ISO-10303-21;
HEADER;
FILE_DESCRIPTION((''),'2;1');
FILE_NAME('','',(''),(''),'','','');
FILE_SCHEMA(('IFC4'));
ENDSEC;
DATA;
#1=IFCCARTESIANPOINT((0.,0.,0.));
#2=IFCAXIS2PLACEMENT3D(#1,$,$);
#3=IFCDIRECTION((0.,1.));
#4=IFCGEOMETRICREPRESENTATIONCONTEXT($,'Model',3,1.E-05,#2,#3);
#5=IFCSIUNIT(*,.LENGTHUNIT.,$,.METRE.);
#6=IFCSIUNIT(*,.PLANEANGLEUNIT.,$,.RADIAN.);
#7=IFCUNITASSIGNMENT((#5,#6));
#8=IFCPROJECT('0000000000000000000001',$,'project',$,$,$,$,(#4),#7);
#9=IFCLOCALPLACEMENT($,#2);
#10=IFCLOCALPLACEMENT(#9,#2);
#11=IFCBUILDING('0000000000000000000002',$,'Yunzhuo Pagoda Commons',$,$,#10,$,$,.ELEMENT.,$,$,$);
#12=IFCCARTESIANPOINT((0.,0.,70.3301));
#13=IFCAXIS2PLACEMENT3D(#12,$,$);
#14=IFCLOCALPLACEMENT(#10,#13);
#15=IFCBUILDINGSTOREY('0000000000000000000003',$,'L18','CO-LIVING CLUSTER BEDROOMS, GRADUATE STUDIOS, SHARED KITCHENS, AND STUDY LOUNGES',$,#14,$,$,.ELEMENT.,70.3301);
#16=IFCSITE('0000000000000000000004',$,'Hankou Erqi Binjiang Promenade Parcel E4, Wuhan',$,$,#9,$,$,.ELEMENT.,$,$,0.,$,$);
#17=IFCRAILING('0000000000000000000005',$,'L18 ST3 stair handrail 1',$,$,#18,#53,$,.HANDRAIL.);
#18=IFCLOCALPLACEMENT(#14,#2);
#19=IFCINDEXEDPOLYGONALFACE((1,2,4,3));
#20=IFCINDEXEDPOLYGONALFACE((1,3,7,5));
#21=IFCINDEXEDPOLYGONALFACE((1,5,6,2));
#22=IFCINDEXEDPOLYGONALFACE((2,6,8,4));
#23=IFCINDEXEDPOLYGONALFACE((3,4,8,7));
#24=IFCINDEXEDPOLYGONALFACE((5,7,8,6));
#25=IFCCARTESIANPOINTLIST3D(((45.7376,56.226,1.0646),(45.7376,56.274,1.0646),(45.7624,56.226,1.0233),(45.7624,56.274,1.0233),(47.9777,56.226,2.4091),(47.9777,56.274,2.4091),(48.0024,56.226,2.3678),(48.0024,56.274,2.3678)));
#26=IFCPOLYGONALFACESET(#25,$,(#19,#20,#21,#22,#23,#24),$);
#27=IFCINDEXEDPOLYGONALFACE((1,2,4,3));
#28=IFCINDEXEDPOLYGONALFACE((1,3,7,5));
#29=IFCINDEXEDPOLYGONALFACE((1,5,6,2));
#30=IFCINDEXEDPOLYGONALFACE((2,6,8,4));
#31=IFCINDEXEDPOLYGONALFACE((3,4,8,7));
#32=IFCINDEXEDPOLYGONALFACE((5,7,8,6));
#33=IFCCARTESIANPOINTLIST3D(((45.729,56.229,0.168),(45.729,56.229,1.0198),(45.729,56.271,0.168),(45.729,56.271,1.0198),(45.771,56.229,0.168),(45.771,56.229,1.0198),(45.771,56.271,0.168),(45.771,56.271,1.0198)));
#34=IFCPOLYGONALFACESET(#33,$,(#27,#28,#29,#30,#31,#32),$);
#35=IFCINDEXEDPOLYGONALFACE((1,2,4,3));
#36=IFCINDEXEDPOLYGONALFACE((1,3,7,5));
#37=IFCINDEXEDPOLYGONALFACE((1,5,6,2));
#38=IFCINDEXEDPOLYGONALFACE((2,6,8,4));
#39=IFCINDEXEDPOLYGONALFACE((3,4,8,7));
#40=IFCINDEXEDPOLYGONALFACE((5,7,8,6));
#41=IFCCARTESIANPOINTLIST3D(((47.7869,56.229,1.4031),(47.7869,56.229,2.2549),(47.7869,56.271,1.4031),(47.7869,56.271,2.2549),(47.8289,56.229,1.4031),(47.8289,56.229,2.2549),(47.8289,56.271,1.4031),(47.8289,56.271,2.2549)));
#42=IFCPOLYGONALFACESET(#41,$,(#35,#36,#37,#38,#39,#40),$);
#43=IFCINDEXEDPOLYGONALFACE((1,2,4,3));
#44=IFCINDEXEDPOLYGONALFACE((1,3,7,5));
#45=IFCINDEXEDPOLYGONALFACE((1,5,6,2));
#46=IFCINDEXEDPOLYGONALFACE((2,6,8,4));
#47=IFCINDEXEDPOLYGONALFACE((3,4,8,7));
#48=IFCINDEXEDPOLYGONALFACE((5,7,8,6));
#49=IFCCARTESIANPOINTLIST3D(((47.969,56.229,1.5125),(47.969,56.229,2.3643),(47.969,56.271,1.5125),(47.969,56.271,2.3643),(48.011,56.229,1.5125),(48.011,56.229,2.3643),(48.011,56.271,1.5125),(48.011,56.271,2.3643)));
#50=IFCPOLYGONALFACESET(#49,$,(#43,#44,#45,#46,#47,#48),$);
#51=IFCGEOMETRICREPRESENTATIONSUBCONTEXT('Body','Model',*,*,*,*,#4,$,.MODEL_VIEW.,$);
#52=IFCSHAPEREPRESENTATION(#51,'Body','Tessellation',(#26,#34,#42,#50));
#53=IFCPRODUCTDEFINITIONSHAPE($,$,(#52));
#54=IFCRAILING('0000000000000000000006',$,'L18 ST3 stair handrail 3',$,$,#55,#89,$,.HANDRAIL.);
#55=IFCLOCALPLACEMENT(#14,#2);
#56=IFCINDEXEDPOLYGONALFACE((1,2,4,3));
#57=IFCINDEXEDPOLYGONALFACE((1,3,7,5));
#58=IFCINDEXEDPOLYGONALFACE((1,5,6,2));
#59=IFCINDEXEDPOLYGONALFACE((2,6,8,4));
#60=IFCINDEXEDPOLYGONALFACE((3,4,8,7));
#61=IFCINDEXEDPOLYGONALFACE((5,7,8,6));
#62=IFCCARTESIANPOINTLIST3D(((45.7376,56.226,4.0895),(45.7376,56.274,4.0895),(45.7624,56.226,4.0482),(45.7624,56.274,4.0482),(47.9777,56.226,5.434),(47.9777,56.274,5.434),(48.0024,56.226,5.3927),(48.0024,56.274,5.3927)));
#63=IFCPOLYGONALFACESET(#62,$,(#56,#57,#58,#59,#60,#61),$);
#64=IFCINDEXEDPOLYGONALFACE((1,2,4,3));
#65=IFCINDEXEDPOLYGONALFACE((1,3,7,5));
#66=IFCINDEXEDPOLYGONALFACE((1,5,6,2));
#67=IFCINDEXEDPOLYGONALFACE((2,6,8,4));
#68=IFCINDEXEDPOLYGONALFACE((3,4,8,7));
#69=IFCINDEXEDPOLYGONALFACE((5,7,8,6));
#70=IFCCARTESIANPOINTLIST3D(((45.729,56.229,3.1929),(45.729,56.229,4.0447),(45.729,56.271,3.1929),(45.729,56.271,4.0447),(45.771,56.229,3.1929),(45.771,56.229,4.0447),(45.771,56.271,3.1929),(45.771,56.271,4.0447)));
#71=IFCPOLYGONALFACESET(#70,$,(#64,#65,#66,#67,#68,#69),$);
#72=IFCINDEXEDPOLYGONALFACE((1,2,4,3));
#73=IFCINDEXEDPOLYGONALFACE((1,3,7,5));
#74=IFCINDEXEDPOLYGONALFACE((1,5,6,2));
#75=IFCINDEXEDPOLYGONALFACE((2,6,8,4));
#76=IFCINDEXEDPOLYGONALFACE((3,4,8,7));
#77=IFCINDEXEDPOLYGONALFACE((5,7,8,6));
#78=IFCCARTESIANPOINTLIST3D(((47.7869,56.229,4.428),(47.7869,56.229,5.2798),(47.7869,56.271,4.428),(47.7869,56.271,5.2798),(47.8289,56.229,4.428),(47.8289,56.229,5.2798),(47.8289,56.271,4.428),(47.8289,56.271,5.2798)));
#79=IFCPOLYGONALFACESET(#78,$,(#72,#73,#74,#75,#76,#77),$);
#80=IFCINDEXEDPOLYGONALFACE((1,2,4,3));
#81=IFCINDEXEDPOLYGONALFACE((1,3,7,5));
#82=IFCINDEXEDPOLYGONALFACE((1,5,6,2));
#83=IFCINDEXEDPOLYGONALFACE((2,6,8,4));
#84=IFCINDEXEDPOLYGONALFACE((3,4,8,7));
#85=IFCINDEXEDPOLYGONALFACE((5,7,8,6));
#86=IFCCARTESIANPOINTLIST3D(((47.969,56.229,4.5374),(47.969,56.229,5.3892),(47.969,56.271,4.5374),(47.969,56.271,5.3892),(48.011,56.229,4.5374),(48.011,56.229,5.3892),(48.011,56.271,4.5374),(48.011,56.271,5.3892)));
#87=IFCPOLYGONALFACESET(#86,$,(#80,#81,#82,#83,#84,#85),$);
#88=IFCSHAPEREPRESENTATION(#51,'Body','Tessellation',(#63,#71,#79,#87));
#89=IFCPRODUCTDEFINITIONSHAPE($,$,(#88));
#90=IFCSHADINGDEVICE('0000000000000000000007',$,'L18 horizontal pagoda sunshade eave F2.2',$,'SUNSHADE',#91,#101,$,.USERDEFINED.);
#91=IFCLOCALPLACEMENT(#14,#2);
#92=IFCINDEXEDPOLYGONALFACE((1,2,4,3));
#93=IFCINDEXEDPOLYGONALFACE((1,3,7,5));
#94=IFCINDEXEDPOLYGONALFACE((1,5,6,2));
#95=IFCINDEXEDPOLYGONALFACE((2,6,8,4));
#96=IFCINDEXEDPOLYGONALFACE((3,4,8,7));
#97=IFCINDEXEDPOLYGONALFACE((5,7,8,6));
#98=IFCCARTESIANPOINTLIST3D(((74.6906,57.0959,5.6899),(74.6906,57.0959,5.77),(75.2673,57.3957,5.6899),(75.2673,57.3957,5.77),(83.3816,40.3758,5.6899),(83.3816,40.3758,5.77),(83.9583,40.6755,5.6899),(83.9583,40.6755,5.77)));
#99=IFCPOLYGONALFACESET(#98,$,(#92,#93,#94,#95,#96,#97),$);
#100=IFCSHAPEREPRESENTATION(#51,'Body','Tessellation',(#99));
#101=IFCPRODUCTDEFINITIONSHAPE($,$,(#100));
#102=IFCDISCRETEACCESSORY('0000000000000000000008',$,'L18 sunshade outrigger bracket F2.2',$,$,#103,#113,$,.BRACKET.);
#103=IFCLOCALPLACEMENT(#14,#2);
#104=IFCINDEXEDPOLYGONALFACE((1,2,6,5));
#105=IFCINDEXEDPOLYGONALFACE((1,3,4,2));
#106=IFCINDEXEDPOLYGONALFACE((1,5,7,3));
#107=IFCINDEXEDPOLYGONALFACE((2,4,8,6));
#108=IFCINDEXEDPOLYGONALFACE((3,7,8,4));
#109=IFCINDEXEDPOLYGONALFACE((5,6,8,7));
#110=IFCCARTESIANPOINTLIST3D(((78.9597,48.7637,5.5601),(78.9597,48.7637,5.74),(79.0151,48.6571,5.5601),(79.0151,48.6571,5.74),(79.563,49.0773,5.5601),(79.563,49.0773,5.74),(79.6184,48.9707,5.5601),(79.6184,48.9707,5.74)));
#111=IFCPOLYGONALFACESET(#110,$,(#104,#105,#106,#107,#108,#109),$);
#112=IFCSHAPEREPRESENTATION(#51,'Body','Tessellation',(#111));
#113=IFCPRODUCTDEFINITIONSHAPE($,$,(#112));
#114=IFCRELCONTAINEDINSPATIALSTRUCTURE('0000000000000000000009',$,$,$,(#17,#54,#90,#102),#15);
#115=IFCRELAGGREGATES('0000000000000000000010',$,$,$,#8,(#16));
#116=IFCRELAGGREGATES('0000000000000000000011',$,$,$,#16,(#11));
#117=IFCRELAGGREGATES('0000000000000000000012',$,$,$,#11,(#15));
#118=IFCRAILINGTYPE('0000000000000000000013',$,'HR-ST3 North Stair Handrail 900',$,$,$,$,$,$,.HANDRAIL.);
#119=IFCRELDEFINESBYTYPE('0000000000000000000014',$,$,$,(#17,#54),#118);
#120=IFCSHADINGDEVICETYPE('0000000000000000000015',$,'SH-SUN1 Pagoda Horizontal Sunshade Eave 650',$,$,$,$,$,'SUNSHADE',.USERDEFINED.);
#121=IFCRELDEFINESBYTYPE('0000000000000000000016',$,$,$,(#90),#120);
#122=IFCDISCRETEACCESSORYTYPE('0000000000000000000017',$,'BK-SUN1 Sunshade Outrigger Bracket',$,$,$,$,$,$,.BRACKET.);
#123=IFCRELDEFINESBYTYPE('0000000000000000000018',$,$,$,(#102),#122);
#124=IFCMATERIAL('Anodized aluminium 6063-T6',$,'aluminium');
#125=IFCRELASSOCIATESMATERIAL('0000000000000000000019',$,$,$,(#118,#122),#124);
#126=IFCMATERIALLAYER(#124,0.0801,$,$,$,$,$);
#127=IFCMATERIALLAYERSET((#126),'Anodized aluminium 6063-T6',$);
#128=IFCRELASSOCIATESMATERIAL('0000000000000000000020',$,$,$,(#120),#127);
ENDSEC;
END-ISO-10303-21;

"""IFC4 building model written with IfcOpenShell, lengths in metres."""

from ifc_helpers import new_model, si_unit, direction, frame, origin, origin_2d, place, context, subcontext, project, spatial, rectangle, extrude, source, transform, mapped, material, layer, layer_set, type_object, element, save


model = new_model("IFC4")

# Units and contexts
model_context = context("Model", 3, precision=1e-05, world=origin(), true_north=direction((0.0, 1.0)))
body_context = subcontext(model_context, "Body", "Model", "MODEL_VIEW")
ifc_project = project(units=[si_unit("LENGTHUNIT", "METRE"), si_unit("PLANEANGLEUNIT", "RADIAN")], contexts=[model_context])

# Site, building, storey
site_placement = place(None, origin())
site = spatial("IfcSite", under=ifc_project, at=site_placement, Name="Hankou Erqi Binjiang Promenade Parcel E4, Wuhan", CompositionType="ELEMENT", RefElevation=0.0)
building_placement = place(site_placement, origin())
building = spatial("IfcBuilding", under=site, at=building_placement, Name="Yunzhuo Pagoda Commons", CompositionType="ELEMENT")
storey_placement = place(building_placement, frame((0.0, 0.0, 70.3301)))
storey = spatial("IfcBuildingStorey", under=building, at=storey_placement, Name="L18", Description="CO-LIVING CLUSTER BEDROOMS, GRADUATE STUDIOS, SHARED KITCHENS, AND STUDY LOUNGES", CompositionType="ELEMENT", Elevation=70.3301)

# Shared definitions
ifc_material_1 = material(Name="Anodized aluminium 6063-T6", Category="aluminium")

# Railings
railing_type_1 = type_object("IfcRailingType", Name="HR-ST3 North Stair Handrail 900", PredefinedType="HANDRAIL", material=ifc_material_1)
for number, where, name in (
    (1, (45.75, 56.25, 0.168), "L18 ST3 stair handrail 1"),
    (2, (45.75, 56.25, 3.1929), "L18 ST3 stair handrail 3"),
):
    element("IfcRailing", number, at=place(storey_placement, frame(where)), inside=storey, type_object=railing_type_1, Name=name, PredefinedType="HANDRAIL", context=body_context, shape_type="SweptSolid", body=[
        extrude(rectangle(XDim=0.0481, YDim=0.0481, at=origin_2d()), frame((0.0, 0.0, 0.876), z_axis=(0.85741, 0.0, 0.514633), x_axis=(0.0, 1.0, 0.0)), (0.0, 0.0, 1.0), 2.6125),
        extrude(rectangle(XDim=0.042, YDim=0.042, at=origin_2d()), origin(), (0.0, 0.0, 1.0), 0.8518),
        extrude(rectangle(XDim=0.042, YDim=0.042, at=origin_2d()), frame((2.0579, 0.0, 1.2351)), (0.0, 0.0, 1.0), 0.8518),
        extrude(rectangle(XDim=0.042, YDim=0.042, at=origin_2d()), frame((2.24, 0.0, 1.3445)), (0.0, 0.0, 1.0), 0.8518),
    ])

# Shading device
ifc_layer_1 = layer(ifc_material_1, 0.0801)
ifc_layer_set_1 = layer_set([ifc_layer_1], Name="Anodized aluminium 6063-T6")
shading_device_type = type_object("IfcShadingDeviceType", Name="SH-SUN1 Pagoda Horizontal Sunshade Eave 650", ElementType="SUNSHADE", PredefinedType="USERDEFINED", material=ifc_layer_set_1)
shared_shape_1 = source(origin(), body_context, "Body", "SweptSolid", [
    extrude(rectangle(XDim=18.844, YDim=0.6499, at=origin_2d()), origin(), (0.0, 0.0, 1.0), 0.0801),
])
shading_device_placement = place(storey_placement, frame((79.3245, 48.8857, 5.6899), z_axis=(0.0, 0.0, 1.0), x_axis=(-0.461207, 0.887293, 0.0)))
element("IfcShadingDevice", 3, at=shading_device_placement, inside=storey, type_object=shading_device_type, Name="L18 horizontal pagoda sunshade eave F2.2", ObjectType="SUNSHADE", PredefinedType="USERDEFINED", context=body_context, shape_type="MappedRepresentation", body=[
    mapped(shared_shape_1, transform((0.0, 0.0, 0.0), scale=1.0)),
])

# Discrete accessory
discrete_accessory_type = type_object("IfcDiscreteAccessoryType", Name="BK-SUN1 Sunshade Outrigger Bracket", PredefinedType="BRACKET", material=ifc_material_1)
shared_shape_2 = source(origin(), body_context, "Body", "SweptSolid", [
    extrude(rectangle(XDim=0.1201, YDim=0.6799, at=origin_2d()), origin(), (0.0, 0.0, 1.0), 0.1799),
])
discrete_accessory_placement = place(storey_placement, frame((79.2891, 48.8672, 5.5601), z_axis=(0.0, 0.0, 1.0), x_axis=(-0.461207, 0.887293, 0.0)))
element("IfcDiscreteAccessory", 4, at=discrete_accessory_placement, inside=storey, type_object=discrete_accessory_type, Name="L18 sunshade outrigger bracket F2.2", PredefinedType="BRACKET", context=body_context, shape_type="MappedRepresentation", body=[
    mapped(shared_shape_2, transform((0.0, 0.0, 0.0), scale=1.0)),
])

save(model, "model.ifc")
